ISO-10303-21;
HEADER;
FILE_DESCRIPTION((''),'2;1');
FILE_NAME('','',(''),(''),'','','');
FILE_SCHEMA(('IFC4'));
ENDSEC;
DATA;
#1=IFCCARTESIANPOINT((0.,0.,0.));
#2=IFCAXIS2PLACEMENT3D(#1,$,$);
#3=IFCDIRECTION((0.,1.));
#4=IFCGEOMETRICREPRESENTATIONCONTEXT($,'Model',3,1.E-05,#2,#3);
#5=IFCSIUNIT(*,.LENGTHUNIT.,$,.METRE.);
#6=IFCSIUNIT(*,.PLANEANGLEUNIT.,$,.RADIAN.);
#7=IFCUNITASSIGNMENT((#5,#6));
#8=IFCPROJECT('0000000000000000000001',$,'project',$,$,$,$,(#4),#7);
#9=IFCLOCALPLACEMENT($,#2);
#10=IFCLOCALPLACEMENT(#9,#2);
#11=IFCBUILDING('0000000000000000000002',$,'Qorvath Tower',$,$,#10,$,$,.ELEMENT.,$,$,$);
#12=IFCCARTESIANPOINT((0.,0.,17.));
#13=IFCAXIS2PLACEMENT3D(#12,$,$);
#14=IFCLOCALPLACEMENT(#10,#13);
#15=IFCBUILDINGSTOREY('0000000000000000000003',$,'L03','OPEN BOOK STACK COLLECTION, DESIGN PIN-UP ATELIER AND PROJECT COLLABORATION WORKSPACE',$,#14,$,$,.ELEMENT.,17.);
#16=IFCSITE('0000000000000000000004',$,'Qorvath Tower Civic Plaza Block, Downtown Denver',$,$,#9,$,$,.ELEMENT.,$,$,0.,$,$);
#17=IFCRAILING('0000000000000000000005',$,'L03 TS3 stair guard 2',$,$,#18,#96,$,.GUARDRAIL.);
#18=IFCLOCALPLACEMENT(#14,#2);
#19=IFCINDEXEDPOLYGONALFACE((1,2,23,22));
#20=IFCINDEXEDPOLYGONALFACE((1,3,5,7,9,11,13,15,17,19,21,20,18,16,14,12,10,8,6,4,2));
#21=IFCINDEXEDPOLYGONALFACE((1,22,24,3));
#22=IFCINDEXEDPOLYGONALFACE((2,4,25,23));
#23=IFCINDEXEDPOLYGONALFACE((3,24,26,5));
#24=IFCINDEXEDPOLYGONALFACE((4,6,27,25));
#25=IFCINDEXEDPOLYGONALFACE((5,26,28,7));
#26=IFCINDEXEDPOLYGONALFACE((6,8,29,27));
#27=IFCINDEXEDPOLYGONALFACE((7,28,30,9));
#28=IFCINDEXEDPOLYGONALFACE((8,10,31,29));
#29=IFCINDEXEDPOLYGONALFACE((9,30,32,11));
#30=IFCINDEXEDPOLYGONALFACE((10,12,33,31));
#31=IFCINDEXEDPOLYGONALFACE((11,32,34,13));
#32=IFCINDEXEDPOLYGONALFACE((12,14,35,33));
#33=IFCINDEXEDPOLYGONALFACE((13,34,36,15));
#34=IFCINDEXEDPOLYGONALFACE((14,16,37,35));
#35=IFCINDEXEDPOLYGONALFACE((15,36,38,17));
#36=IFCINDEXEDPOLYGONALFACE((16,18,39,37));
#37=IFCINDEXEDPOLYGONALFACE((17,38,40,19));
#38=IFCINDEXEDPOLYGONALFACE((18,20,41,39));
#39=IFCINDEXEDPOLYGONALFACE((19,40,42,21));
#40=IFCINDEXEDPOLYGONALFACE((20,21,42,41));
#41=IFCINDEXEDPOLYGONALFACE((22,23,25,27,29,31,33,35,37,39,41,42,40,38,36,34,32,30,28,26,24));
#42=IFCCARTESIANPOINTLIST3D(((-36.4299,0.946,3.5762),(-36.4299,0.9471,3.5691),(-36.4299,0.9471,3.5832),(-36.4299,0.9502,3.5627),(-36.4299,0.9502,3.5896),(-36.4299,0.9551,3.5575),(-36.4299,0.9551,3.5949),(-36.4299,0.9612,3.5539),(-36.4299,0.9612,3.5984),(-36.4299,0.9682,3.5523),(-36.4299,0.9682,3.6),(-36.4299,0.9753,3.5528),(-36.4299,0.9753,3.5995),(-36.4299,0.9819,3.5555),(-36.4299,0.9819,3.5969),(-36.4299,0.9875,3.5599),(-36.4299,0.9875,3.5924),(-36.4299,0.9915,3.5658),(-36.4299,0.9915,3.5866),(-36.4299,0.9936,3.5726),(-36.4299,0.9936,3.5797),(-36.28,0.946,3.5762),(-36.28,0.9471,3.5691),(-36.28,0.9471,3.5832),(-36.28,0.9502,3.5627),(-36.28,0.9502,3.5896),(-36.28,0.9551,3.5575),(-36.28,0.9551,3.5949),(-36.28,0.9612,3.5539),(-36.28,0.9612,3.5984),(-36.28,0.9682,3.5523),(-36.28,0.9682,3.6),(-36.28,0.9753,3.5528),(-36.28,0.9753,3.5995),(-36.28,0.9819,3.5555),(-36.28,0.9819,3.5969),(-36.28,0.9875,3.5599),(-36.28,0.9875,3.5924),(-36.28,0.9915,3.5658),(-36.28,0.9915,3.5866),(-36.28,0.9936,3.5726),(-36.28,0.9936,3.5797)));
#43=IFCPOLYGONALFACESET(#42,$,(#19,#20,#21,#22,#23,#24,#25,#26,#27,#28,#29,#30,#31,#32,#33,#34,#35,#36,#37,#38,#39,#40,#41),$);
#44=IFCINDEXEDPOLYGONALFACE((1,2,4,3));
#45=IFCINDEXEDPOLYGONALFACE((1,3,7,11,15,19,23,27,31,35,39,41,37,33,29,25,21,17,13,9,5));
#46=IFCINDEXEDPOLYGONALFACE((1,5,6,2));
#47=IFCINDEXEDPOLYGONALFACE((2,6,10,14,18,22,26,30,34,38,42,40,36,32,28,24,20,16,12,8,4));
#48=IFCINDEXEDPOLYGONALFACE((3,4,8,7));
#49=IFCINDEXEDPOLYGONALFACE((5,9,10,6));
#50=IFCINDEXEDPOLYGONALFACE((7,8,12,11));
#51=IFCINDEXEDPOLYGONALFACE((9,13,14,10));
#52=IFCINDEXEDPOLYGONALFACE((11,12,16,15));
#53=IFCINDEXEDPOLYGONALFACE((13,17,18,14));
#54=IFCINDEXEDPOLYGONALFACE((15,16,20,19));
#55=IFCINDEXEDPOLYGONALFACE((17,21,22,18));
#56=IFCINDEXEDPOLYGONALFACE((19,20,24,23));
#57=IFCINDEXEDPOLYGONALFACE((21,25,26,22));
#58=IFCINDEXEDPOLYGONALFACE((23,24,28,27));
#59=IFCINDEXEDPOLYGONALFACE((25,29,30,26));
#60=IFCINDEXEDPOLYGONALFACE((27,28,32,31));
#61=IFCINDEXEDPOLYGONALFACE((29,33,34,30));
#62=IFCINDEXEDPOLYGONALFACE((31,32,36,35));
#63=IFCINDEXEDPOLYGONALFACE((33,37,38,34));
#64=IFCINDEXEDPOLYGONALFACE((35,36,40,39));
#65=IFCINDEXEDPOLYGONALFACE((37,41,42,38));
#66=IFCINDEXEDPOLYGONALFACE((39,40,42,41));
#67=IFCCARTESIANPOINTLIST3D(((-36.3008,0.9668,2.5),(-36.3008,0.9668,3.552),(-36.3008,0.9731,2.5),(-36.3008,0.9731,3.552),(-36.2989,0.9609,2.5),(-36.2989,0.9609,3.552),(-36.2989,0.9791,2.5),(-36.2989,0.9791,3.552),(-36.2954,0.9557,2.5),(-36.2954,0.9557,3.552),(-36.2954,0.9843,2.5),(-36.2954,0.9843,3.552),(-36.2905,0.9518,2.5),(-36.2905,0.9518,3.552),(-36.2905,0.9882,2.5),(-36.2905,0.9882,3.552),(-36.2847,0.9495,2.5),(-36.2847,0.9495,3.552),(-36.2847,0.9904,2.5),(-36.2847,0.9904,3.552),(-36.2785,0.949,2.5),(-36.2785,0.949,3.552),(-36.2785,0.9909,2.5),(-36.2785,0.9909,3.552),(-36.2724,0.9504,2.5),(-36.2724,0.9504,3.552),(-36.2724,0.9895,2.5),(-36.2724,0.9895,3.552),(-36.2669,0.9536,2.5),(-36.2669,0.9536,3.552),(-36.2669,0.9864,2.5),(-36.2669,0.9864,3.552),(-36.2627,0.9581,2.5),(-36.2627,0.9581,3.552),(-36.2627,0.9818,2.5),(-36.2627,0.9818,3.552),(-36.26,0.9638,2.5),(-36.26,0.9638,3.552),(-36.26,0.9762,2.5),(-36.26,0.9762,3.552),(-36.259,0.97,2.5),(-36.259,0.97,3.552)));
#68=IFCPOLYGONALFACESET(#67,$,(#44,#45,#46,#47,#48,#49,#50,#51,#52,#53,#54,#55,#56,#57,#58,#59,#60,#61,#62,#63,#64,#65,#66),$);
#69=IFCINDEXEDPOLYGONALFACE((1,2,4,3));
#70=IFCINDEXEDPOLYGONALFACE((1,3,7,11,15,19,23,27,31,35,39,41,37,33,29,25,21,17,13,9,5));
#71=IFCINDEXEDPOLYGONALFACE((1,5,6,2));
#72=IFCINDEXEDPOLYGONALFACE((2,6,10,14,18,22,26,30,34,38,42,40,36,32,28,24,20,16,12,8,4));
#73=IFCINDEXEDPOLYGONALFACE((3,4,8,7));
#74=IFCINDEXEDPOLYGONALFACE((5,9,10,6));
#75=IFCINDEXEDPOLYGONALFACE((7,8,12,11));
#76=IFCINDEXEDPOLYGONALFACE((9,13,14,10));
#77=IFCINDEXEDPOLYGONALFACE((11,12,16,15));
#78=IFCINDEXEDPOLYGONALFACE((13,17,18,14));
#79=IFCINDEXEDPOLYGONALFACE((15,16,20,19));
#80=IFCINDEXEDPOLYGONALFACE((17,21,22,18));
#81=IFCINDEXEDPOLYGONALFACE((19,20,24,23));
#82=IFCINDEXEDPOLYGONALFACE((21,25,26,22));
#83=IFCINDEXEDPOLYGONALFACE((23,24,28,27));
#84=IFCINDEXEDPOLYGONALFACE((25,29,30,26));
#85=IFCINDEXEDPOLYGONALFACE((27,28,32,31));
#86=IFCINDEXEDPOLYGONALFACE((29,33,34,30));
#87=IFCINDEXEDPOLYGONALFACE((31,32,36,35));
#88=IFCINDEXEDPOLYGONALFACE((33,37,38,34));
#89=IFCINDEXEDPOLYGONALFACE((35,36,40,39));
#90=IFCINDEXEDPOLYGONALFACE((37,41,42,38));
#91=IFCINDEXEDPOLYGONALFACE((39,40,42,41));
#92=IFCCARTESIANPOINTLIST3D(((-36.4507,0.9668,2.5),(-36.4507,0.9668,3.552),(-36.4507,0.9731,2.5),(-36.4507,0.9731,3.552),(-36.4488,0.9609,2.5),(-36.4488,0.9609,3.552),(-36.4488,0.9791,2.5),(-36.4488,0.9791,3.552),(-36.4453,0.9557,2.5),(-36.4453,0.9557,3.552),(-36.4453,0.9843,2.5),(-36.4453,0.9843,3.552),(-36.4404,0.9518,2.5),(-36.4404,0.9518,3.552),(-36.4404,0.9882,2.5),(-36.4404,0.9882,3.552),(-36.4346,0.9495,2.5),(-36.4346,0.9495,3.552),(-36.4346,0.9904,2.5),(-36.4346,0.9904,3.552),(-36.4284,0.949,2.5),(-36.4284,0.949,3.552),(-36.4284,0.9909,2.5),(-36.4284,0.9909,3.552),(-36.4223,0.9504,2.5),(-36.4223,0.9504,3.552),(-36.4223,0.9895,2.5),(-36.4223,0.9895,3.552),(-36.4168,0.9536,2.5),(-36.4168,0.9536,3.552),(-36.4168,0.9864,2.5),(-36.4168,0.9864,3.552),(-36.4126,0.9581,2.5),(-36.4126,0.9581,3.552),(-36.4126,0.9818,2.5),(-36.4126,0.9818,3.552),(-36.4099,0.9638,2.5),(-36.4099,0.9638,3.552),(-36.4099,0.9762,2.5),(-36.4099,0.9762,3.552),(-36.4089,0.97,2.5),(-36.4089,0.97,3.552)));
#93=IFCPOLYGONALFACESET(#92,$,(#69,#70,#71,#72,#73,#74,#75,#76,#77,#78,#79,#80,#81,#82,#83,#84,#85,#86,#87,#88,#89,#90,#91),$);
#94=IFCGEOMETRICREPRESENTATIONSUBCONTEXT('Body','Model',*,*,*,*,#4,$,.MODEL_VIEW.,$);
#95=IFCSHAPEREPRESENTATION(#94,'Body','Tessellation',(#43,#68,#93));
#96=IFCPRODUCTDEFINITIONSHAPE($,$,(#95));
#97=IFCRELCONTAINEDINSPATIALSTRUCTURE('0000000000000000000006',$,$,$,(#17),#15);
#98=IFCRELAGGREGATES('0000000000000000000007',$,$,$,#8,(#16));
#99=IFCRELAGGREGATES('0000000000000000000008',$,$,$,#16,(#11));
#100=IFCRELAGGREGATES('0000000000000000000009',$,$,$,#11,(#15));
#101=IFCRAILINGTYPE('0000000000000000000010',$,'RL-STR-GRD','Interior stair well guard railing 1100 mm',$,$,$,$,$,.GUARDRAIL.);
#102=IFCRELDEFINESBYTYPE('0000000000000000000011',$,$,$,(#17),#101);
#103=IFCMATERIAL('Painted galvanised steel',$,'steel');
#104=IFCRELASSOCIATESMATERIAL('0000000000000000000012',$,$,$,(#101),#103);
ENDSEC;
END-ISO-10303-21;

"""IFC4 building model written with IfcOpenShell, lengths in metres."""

from ifc_helpers import new_model, si_unit, direction, frame, origin, origin_2d, place, context, subcontext, project, spatial, circle, extrude, material, type_object, element, save


model = new_model("IFC4")

# Units and contexts
model_context = context("Model", 3, precision=1e-05, world=origin(), true_north=direction((0.0, 1.0)))
body_context = subcontext(model_context, "Body", "Model", "MODEL_VIEW")
ifc_project = project(units=[si_unit("LENGTHUNIT", "METRE"), si_unit("PLANEANGLEUNIT", "RADIAN")], contexts=[model_context])

# Site, building, storey
site_placement = place(None, origin())
site = spatial("IfcSite", under=ifc_project, at=site_placement, Name="Qorvath Tower Civic Plaza Block, Downtown Denver", CompositionType="ELEMENT", RefElevation=0.0)
building_placement = place(site_placement, origin())
building = spatial("IfcBuilding", under=site, at=building_placement, Name="Qorvath Tower", CompositionType="ELEMENT")
storey_placement = place(building_placement, frame((0.0, 0.0, 17.0)))
storey = spatial("IfcBuildingStorey", under=building, at=storey_placement, Name="L03", Description="OPEN BOOK STACK COLLECTION, DESIGN PIN-UP ATELIER AND PROJECT COLLABORATION WORKSPACE", CompositionType="ELEMENT", Elevation=17.0)

# Railing
ifc_material_1 = material(Name="Painted galvanised steel", Category="steel")
railing_type_1 = type_object("IfcRailingType", Name="RL-STR-GRD", Description="Interior stair well guard railing 1100 mm", PredefinedType="GUARDRAIL", material=ifc_material_1)
railing_1_placement = place(storey_placement, frame((-36.28, 0.97, 2.5)))
element("IfcRailing", 1, at=railing_1_placement, inside=storey, type_object=railing_type_1, Name="L03 TS3 stair guard 2", PredefinedType="GUARDRAIL", context=body_context, shape_type="SweptSolid", body=[
    extrude(circle(Radius=0.0239, at=origin_2d()), frame((0.0, 0.0, 1.0762), z_axis=(-1.0, 0.0, 0.0), x_axis=(0.0, -1.0, 0.0)), (0.0, 0.0, 1.0), 0.1499),
    extrude(circle(Radius=0.021, at=origin_2d()), origin(), (0.0, 0.0, 1.0), 1.052),
    extrude(circle(Radius=0.021, at=origin_2d()), frame((-0.1499, 0.0, 0.0)), (0.0, 0.0, 1.0), 1.052),
])

save(model, "model.ifc")
